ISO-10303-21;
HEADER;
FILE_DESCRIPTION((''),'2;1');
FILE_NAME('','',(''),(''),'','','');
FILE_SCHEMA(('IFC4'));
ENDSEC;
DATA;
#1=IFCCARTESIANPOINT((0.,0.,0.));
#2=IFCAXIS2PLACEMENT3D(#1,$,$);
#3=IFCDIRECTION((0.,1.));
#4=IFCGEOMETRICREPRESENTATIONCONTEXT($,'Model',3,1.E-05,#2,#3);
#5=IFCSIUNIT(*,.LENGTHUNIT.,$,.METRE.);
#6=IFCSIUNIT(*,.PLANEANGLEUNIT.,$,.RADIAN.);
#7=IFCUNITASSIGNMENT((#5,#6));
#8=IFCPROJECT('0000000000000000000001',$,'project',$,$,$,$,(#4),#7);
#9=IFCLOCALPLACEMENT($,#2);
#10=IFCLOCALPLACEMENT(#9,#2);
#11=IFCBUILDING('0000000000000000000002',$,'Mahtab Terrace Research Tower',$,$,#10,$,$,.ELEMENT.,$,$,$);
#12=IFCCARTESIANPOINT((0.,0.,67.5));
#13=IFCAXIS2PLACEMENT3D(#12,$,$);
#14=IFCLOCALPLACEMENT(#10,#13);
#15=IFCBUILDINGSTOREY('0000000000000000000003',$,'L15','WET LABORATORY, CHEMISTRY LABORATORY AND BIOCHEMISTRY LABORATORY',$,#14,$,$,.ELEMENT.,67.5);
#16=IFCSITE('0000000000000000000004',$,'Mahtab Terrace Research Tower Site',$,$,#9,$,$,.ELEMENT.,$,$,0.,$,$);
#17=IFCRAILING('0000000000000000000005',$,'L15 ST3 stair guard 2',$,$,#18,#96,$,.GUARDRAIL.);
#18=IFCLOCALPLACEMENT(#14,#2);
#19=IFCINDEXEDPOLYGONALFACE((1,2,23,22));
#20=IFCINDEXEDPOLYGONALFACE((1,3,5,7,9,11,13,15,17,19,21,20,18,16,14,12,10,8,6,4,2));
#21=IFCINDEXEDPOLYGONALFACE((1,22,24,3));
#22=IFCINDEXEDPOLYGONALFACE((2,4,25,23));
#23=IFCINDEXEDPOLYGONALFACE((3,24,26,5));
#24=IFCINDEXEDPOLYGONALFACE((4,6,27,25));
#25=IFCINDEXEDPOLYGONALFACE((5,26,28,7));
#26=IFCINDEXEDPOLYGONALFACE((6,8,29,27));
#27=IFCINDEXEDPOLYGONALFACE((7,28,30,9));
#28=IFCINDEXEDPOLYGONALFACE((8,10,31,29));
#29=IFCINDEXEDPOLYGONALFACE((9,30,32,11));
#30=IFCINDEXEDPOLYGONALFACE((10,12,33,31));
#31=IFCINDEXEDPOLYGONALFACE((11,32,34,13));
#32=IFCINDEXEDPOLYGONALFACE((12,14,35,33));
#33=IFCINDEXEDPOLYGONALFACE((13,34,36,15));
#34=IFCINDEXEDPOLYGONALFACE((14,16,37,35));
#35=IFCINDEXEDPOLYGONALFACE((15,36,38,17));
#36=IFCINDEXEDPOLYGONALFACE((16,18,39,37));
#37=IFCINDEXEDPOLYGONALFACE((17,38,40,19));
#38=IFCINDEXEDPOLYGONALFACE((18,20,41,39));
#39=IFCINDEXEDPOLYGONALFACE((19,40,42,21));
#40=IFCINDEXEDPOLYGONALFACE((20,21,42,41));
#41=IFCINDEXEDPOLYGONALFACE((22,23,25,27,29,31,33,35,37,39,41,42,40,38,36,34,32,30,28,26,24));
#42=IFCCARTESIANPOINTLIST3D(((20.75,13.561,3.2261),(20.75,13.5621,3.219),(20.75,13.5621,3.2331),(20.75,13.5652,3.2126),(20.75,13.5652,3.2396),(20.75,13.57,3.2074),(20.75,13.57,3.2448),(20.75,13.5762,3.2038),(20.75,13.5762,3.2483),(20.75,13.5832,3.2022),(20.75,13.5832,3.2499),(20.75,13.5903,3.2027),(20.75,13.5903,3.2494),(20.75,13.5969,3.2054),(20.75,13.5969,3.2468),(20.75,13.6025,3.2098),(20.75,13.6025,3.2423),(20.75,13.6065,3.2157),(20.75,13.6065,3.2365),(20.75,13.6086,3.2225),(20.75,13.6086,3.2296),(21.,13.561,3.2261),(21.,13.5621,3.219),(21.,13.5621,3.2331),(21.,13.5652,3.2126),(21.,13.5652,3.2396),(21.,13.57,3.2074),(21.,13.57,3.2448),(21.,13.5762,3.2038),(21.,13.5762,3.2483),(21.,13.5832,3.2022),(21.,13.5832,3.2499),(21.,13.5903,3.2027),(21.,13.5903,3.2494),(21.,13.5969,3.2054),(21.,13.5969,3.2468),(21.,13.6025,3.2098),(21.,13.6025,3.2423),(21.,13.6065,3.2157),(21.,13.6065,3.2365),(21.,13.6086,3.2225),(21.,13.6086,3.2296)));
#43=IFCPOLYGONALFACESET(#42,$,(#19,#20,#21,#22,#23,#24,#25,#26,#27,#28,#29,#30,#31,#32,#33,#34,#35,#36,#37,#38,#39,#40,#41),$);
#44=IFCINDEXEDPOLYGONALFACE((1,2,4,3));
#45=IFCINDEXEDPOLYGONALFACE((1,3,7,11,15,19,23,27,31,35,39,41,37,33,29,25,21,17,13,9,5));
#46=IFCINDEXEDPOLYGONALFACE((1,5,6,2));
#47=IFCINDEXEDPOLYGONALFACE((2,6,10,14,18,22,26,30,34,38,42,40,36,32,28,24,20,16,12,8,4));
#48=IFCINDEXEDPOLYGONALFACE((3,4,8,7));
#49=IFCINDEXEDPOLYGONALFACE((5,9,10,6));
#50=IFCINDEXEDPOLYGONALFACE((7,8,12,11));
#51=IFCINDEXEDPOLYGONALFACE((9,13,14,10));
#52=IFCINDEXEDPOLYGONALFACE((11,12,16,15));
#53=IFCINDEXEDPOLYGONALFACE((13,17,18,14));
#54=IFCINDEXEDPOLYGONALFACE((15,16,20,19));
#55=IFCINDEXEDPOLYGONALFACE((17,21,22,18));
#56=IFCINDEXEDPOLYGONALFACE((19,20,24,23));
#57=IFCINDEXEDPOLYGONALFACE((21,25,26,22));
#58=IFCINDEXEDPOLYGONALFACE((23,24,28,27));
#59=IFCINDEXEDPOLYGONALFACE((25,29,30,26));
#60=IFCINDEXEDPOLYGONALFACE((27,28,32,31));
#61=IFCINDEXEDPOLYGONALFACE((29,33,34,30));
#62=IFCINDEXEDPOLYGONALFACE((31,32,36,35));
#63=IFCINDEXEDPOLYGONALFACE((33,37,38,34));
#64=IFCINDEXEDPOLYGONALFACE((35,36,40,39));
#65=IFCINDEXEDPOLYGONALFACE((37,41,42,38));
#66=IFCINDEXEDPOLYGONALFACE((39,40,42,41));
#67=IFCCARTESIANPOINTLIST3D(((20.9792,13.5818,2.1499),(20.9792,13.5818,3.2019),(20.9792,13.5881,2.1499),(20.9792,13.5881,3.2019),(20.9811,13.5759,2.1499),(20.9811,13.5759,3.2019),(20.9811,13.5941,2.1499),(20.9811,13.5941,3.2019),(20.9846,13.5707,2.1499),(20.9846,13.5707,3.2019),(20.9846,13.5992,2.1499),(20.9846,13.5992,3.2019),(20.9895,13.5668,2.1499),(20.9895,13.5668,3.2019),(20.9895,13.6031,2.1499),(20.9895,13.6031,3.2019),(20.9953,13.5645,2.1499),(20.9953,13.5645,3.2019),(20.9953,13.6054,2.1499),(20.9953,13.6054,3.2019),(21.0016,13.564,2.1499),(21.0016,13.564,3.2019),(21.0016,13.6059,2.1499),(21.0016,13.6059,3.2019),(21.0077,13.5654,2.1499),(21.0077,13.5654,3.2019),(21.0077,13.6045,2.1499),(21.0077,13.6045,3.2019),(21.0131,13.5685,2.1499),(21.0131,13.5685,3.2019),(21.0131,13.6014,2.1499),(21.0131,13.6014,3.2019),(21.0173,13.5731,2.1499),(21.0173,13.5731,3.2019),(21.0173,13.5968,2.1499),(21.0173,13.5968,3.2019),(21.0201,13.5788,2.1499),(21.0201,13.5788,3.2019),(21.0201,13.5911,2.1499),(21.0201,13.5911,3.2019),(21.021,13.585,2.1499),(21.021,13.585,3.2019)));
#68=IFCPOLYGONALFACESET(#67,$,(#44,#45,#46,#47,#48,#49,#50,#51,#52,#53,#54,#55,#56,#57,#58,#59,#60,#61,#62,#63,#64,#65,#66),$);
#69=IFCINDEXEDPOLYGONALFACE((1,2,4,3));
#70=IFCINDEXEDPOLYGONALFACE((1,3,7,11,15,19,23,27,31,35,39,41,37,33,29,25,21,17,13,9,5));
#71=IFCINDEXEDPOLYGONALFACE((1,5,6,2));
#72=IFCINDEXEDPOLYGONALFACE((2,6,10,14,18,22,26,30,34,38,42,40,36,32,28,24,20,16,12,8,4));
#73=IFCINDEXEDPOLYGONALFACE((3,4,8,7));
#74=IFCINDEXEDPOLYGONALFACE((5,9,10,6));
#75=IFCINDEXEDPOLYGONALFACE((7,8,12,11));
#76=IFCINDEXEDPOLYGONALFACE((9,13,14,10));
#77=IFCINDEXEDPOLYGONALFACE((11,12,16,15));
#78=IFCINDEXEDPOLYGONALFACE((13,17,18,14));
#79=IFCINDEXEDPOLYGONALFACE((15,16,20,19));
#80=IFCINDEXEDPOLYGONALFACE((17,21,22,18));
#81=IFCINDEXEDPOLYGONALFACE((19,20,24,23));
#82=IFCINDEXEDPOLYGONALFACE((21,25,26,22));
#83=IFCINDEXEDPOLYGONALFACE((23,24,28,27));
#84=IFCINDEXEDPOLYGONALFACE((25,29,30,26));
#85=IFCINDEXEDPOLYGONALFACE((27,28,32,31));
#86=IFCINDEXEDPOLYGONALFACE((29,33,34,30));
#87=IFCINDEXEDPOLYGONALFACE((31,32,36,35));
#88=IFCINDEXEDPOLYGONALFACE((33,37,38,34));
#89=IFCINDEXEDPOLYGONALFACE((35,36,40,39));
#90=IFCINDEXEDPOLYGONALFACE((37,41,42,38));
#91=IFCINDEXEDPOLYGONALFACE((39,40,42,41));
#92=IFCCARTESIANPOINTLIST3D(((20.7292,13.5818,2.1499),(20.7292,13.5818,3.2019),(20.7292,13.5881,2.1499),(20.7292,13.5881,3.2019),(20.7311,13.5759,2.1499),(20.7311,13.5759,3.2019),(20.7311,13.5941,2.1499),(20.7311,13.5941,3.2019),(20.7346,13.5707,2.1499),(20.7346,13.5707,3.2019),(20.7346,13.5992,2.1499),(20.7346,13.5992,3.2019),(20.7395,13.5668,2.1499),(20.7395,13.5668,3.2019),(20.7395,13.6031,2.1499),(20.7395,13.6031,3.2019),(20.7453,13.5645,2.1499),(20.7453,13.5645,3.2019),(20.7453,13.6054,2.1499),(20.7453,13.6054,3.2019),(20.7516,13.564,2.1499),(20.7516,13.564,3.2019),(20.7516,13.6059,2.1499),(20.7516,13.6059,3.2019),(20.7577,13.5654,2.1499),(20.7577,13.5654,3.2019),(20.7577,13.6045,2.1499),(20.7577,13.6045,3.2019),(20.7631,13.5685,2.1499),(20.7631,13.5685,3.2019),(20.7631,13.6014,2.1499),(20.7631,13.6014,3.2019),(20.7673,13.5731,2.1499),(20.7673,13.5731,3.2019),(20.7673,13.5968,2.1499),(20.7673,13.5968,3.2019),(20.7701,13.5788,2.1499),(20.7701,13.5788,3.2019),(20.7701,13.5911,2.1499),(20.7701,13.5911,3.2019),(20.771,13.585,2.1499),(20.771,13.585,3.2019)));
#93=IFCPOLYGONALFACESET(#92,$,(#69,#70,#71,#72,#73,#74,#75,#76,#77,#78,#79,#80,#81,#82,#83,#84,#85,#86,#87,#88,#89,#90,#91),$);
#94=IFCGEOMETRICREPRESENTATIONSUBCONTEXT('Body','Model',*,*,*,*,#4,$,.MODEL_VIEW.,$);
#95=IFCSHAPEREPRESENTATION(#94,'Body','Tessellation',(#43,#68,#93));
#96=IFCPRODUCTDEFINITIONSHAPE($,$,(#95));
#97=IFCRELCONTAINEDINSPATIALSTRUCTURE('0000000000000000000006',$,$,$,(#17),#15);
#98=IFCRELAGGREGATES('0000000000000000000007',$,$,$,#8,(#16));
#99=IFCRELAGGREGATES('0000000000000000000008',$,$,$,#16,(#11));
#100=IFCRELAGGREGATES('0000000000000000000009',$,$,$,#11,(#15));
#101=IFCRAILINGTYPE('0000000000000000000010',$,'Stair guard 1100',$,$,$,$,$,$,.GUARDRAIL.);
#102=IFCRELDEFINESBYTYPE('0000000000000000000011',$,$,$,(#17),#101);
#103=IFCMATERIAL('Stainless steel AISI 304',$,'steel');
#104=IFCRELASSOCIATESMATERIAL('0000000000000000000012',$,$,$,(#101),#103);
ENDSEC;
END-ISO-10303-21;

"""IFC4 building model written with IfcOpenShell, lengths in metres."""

from ifc_helpers import new_model, si_unit, direction, frame, origin, origin_2d, place, context, subcontext, project, spatial, circle, extrude, material, type_object, element, save


model = new_model("IFC4")

# Units and contexts
model_context = context("Model", 3, precision=1e-05, world=origin(), true_north=direction((0.0, 1.0)))
body_context = subcontext(model_context, "Body", "Model", "MODEL_VIEW")
ifc_project = project(units=[si_unit("LENGTHUNIT", "METRE"), si_unit("PLANEANGLEUNIT", "RADIAN")], contexts=[model_context])

# Site, building, storey
site_placement = place(None, origin())
site = spatial("IfcSite", under=ifc_project, at=site_placement, Name="Mahtab Terrace Research Tower Site", CompositionType="ELEMENT", RefElevation=0.0)
building_placement = place(site_placement, origin())
building = spatial("IfcBuilding", under=site, at=building_placement, Name="Mahtab Terrace Research Tower", CompositionType="ELEMENT")
storey_placement = place(building_placement, frame((0.0, 0.0, 67.5)))
storey = spatial("IfcBuildingStorey", under=building, at=storey_placement, Name="L15", Description="WET LABORATORY, CHEMISTRY LABORATORY AND BIOCHEMISTRY LABORATORY", CompositionType="ELEMENT", Elevation=67.5)

# Railing
ifc_material_1 = material(Name="Stainless steel AISI 304", Category="steel")
railing_type_1 = type_object("IfcRailingType", Name="Stair guard 1100", PredefinedType="GUARDRAIL", material=ifc_material_1)
railing_1_placement = place(storey_placement, frame((21.0, 13.585, 2.1499)))
element("IfcRailing", 1, at=railing_1_placement, inside=storey, type_object=railing_type_1, Name="L15 ST3 stair guard 2", PredefinedType="GUARDRAIL", context=body_context, shape_type="SweptSolid", body=[
    extrude(circle(Radius=0.0239, at=origin_2d()), frame((0.0, 0.0, 1.0762), z_axis=(-1.0, 0.0, 0.0), x_axis=(0.0, -1.0, 0.0)), (0.0, 0.0, 1.0), 0.25),
    extrude(circle(Radius=0.021, at=origin_2d()), origin(), (0.0, 0.0, 1.0), 1.052),
    extrude(circle(Radius=0.021, at=origin_2d()), frame((-0.25, 0.0, 0.0)), (0.0, 0.0, 1.0), 1.052),
])

save(model, "model.ifc")
